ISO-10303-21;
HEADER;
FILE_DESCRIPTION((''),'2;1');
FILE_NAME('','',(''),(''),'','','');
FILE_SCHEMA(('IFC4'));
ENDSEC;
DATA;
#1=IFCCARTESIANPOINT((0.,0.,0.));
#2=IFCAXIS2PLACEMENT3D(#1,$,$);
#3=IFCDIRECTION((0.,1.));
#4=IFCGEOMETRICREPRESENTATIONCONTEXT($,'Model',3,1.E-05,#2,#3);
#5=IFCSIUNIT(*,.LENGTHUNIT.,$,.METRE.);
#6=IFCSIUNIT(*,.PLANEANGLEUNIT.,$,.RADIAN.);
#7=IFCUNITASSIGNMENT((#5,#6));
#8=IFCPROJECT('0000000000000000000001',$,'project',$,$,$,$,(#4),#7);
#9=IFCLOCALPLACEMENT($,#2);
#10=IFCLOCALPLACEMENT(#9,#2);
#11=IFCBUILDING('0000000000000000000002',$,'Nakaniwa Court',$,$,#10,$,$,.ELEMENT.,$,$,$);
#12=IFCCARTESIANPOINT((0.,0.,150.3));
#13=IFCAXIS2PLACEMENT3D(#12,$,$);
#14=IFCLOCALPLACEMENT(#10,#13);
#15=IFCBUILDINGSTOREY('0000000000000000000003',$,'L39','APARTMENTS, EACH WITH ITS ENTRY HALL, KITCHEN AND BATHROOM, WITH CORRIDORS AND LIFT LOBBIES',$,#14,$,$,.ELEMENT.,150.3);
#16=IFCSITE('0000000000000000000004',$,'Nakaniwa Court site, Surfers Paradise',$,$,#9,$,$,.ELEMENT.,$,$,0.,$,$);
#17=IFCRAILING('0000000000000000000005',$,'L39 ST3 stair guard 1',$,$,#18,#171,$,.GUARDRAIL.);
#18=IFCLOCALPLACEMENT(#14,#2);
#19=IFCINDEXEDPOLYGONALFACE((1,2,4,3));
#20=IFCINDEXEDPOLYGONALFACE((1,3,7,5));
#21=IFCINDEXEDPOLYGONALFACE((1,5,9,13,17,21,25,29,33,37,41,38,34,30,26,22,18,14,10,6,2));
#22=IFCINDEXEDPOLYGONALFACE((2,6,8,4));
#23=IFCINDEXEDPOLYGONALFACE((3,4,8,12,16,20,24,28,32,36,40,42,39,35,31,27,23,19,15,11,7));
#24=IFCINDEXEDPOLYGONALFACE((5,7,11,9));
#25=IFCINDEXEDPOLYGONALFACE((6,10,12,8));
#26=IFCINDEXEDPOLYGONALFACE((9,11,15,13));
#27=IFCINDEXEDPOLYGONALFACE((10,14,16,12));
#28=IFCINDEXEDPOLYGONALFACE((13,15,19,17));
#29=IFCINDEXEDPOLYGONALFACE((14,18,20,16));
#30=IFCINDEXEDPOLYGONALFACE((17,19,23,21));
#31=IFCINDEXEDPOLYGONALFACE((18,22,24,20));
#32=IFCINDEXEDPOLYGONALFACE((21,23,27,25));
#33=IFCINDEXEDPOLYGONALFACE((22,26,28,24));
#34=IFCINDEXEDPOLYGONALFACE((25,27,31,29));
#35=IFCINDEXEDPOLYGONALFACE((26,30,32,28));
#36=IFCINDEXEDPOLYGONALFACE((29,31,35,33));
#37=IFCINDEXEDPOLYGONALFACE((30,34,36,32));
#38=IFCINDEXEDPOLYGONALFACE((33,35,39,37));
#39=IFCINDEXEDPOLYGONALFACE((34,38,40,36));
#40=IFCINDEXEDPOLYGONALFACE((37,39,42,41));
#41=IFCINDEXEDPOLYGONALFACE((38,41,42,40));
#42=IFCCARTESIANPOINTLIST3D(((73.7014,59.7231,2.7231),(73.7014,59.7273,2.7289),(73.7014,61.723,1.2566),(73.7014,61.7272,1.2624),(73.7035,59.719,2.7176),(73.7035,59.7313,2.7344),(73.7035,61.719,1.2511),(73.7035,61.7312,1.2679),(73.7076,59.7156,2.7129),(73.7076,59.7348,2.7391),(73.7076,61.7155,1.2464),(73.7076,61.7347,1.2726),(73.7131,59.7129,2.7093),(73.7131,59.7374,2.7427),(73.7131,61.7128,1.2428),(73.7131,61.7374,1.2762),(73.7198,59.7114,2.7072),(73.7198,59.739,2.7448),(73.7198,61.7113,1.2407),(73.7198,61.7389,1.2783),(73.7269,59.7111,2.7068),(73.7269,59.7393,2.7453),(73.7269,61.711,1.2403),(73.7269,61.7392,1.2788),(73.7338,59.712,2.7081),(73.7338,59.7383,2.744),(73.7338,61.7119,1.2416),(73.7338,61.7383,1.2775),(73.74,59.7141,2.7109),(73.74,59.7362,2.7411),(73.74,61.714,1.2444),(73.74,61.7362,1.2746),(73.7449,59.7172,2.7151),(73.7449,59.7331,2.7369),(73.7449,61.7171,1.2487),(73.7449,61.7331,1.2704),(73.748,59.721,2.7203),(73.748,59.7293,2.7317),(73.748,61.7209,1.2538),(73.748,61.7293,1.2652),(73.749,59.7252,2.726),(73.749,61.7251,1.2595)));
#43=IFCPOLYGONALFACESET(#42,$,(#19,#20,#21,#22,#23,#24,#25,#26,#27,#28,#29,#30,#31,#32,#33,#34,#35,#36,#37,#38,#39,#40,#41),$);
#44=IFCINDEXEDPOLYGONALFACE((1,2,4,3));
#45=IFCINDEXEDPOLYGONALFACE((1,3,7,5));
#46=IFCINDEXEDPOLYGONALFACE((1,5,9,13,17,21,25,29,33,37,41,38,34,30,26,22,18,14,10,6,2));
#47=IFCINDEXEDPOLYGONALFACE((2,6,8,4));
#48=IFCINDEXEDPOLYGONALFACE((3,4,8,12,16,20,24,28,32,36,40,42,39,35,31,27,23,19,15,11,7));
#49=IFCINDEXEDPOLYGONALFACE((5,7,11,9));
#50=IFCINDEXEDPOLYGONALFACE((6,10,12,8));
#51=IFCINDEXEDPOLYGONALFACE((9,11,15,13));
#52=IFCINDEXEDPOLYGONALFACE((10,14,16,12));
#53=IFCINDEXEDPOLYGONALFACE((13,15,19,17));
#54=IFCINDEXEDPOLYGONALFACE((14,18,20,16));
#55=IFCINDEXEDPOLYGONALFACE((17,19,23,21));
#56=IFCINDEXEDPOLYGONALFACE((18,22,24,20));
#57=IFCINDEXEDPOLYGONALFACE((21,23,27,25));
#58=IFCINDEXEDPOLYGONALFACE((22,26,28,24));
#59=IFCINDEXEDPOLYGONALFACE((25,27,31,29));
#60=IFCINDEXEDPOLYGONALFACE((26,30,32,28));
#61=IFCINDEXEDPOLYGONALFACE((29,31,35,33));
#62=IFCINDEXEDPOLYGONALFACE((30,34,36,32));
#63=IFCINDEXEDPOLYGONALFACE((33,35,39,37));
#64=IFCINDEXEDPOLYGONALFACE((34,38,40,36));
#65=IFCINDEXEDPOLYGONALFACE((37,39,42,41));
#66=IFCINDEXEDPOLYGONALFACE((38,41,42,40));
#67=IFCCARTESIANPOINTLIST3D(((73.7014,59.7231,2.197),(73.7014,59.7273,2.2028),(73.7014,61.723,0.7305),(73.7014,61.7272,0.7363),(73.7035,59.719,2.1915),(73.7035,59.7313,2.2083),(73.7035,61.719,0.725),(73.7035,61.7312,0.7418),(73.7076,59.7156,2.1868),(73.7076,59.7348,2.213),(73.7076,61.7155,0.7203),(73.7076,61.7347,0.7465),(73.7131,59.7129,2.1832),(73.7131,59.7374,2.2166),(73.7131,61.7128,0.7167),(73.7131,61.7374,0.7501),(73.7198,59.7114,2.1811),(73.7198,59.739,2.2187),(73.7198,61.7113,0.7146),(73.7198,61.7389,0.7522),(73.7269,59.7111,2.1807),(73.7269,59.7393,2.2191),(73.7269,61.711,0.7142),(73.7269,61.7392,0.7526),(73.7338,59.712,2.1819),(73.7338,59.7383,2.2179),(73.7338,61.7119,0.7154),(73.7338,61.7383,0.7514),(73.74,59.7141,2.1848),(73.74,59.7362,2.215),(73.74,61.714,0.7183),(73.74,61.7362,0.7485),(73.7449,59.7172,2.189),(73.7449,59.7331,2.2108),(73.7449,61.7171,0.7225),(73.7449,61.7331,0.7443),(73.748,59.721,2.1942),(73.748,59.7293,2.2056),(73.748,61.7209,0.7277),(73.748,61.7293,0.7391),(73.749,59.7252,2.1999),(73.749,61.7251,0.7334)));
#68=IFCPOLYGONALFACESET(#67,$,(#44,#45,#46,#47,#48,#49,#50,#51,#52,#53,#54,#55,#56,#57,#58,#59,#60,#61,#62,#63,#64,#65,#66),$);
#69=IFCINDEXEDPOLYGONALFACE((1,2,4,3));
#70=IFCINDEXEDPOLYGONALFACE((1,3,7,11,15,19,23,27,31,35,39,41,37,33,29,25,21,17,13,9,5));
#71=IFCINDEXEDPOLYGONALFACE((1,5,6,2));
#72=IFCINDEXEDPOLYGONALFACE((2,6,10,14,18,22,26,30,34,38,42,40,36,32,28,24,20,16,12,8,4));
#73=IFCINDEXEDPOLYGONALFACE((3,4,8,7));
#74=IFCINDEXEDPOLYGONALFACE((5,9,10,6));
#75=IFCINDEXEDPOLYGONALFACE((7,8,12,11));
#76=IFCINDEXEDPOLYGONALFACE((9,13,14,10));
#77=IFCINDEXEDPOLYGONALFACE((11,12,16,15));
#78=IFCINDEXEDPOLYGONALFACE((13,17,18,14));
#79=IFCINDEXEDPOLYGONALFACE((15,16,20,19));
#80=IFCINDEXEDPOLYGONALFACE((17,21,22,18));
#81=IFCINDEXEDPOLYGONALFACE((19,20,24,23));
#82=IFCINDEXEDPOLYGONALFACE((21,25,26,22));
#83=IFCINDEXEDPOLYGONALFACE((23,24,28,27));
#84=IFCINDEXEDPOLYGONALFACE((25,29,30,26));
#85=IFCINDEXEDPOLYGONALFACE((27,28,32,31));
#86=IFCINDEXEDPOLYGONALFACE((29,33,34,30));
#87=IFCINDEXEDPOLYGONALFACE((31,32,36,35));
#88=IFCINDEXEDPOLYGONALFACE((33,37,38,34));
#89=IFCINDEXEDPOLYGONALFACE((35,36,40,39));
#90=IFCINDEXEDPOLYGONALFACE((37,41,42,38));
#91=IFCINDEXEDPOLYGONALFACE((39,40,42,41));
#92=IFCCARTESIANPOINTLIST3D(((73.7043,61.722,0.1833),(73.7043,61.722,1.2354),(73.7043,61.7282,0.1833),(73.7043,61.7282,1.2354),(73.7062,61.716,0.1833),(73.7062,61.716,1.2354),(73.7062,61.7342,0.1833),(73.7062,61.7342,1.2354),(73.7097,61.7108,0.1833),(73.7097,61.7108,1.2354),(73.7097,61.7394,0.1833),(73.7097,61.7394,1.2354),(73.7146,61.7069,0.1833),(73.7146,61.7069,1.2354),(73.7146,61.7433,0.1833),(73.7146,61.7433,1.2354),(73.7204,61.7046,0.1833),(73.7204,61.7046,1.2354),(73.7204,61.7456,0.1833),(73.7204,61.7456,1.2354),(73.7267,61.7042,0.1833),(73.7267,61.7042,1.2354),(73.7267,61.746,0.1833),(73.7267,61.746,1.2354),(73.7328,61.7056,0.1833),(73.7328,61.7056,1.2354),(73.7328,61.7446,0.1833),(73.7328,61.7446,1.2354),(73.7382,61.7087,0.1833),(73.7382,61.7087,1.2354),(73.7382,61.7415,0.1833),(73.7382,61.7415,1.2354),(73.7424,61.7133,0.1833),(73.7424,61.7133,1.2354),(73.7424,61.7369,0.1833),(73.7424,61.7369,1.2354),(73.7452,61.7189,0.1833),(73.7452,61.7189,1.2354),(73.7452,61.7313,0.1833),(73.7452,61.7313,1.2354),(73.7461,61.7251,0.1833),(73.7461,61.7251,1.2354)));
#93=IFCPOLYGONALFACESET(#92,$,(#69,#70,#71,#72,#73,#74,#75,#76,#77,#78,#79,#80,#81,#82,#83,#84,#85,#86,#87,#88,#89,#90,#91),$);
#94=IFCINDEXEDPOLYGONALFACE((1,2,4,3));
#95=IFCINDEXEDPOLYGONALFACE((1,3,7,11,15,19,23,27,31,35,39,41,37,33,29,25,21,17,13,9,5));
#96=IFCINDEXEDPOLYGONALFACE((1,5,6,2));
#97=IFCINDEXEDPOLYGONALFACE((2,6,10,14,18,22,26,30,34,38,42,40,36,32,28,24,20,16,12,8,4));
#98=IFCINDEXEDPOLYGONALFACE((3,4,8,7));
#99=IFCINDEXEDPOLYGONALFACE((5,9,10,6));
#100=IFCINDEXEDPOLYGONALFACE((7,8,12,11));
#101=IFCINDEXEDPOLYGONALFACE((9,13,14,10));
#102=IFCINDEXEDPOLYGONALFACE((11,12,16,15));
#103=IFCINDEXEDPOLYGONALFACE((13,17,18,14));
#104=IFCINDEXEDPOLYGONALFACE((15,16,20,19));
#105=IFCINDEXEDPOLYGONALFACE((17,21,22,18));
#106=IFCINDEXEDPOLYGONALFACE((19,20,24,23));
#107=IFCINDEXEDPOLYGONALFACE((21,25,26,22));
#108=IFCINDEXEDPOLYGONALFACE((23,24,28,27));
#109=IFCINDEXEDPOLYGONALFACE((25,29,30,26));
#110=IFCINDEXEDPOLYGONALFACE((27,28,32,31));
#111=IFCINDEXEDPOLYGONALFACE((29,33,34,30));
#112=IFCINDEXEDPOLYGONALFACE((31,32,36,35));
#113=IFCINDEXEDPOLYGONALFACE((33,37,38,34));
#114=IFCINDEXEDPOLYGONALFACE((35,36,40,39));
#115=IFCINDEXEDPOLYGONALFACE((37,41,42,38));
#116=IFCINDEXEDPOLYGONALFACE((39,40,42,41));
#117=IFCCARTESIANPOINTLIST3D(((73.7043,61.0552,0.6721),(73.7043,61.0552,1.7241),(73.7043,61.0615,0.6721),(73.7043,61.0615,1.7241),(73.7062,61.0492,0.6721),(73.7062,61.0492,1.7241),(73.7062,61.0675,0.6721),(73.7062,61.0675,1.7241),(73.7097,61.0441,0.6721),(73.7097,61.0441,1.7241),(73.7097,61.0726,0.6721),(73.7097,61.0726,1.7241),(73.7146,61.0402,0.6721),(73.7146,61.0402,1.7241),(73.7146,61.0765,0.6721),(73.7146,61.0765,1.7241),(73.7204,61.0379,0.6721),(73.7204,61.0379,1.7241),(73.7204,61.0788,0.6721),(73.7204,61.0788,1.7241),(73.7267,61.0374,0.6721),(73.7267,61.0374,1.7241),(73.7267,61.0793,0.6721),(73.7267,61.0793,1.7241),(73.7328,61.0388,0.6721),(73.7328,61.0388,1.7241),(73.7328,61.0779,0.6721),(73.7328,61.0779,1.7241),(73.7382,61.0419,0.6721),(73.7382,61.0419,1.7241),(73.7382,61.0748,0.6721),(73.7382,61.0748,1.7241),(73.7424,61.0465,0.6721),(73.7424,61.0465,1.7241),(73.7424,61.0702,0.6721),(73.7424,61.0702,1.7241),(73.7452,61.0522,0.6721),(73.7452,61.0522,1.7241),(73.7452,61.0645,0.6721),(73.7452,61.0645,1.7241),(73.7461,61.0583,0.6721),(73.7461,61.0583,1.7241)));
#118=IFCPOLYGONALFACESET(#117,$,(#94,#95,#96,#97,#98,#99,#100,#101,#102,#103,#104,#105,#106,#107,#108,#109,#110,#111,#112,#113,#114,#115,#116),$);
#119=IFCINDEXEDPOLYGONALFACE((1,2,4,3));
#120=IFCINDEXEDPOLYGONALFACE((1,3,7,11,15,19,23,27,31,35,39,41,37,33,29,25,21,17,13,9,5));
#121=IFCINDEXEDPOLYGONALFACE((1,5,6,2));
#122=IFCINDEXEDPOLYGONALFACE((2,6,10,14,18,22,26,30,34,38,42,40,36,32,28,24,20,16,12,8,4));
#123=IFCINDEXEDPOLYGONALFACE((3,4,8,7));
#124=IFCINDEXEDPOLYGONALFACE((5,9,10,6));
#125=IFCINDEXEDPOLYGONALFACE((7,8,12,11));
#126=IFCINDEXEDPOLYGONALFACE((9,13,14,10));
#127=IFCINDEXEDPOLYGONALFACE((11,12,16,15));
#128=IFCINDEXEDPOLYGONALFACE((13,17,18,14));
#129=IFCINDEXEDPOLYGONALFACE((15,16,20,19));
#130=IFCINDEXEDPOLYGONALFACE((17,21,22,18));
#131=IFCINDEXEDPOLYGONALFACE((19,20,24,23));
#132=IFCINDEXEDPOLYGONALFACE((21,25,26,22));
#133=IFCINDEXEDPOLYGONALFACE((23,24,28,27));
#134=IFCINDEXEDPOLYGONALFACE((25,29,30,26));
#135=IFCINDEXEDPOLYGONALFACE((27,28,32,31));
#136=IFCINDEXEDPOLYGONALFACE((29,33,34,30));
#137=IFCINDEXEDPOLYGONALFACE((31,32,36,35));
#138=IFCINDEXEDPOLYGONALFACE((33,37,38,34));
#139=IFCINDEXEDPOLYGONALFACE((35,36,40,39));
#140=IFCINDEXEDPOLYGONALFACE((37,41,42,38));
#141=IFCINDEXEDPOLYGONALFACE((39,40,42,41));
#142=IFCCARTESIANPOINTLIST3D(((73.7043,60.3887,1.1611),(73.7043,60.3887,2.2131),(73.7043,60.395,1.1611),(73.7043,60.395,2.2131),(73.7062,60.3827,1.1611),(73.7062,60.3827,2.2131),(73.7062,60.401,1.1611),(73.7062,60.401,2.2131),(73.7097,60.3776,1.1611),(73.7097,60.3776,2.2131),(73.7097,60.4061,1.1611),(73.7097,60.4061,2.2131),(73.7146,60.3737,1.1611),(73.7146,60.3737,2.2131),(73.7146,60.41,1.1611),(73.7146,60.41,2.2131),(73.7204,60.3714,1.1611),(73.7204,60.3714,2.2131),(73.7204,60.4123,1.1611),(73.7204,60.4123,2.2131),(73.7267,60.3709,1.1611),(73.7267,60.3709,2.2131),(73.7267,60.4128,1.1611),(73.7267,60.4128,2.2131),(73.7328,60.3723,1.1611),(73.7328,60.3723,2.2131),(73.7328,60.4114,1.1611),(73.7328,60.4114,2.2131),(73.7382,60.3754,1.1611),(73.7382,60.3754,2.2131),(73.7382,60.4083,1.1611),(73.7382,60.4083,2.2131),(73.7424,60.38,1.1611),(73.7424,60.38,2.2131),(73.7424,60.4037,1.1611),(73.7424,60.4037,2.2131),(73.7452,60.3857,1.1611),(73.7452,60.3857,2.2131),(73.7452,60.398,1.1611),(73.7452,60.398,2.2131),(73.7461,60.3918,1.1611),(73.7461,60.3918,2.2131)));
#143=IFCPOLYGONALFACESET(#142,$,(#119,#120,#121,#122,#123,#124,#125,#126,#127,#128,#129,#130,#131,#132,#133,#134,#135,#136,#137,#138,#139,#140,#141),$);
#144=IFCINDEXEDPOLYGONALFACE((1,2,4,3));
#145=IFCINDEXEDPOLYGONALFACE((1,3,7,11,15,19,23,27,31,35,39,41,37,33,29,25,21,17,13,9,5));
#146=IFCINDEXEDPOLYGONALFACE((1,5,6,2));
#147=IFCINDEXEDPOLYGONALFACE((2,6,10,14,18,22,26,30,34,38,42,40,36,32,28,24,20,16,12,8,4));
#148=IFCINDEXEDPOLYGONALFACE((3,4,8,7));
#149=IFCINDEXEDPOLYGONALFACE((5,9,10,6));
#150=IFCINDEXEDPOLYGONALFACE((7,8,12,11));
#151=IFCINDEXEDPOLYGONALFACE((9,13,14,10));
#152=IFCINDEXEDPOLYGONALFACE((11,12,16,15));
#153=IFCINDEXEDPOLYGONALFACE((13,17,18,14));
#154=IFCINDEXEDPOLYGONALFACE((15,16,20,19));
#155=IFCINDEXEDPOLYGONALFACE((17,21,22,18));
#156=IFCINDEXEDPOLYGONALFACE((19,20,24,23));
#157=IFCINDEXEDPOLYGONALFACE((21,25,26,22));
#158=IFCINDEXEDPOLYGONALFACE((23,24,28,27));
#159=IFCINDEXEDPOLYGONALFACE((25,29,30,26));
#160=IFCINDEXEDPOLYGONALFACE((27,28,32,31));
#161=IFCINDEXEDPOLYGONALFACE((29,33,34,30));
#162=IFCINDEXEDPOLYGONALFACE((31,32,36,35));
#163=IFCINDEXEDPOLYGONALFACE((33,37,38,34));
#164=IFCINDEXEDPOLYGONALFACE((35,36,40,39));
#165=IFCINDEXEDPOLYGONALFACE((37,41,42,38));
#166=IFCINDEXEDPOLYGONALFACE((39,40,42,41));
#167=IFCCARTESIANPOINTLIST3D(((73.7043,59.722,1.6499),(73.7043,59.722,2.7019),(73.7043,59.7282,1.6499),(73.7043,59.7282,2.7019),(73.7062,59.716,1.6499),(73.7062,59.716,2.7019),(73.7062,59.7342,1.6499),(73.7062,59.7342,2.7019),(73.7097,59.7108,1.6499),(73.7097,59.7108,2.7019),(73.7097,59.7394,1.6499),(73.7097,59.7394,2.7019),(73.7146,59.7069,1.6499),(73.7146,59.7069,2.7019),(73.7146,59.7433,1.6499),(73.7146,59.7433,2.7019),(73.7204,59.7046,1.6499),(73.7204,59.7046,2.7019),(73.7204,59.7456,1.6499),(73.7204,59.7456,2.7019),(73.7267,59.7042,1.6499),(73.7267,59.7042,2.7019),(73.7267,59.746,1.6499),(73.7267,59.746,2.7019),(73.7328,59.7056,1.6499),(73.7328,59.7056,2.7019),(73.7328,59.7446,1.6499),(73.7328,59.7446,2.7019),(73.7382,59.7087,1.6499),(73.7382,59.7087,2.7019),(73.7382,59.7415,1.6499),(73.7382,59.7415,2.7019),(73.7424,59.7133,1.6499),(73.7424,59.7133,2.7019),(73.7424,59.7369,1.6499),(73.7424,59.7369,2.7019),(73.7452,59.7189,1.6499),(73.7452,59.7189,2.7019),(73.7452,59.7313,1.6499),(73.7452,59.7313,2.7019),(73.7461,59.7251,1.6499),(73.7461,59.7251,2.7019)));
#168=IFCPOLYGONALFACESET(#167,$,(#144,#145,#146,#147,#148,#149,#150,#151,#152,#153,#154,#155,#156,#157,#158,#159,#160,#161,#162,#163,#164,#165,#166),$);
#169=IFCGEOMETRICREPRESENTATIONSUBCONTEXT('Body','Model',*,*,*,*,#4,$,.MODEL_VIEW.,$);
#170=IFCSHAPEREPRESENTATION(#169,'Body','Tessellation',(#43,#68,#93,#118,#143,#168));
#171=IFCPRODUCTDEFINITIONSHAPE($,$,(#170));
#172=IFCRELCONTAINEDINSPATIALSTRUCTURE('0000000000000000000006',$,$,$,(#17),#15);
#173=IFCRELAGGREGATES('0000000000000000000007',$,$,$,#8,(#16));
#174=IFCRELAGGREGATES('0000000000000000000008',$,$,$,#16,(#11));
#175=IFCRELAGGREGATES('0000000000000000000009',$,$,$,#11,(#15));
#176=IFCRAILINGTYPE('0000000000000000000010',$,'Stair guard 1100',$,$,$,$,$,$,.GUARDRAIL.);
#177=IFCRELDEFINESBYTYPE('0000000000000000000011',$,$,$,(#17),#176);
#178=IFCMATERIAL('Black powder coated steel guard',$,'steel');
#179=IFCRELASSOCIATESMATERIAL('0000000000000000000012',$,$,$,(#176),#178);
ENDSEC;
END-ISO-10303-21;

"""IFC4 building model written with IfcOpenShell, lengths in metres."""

from ifc_helpers import new_model, si_unit, direction, frame, origin, origin_2d, place, context, subcontext, project, spatial, circle, extrude, material, type_object, element, save


model = new_model("IFC4")

# Units and contexts
model_context = context("Model", 3, precision=1e-05, world=origin(), true_north=direction((0.0, 1.0)))
body_context = subcontext(model_context, "Body", "Model", "MODEL_VIEW")
ifc_project = project(units=[si_unit("LENGTHUNIT", "METRE"), si_unit("PLANEANGLEUNIT", "RADIAN")], contexts=[model_context])

# Site, building, storey
site_placement = place(None, origin())
site = spatial("IfcSite", under=ifc_project, at=site_placement, Name="Nakaniwa Court site, Surfers Paradise", CompositionType="ELEMENT", RefElevation=0.0)
building_placement = place(site_placement, origin())
building = spatial("IfcBuilding", under=site, at=building_placement, Name="Nakaniwa Court", CompositionType="ELEMENT")
storey_placement = place(building_placement, frame((0.0, 0.0, 150.3)))
storey = spatial("IfcBuildingStorey", under=building, at=storey_placement, Name="L39", Description="APARTMENTS, EACH WITH ITS ENTRY HALL, KITCHEN AND BATHROOM, WITH CORRIDORS AND LIFT LOBBIES", CompositionType="ELEMENT", Elevation=150.3)

# Railing
ifc_material_1 = material(Name="Black powder coated steel guard", Category="steel")
railing_type_1 = type_object("IfcRailingType", Name="Stair guard 1100", PredefinedType="GUARDRAIL", material=ifc_material_1)
railing_1_placement = place(storey_placement, frame((73.7251, 61.7251, 0.1833)))
element("IfcRailing", 1, at=railing_1_placement, inside=storey, type_object=railing_type_1, Name="L39 ST3 stair guard 1", PredefinedType="GUARDRAIL", context=body_context, shape_type="SweptSolid", body=[
    extrude(circle(Radius=0.0239, at=origin_2d()), frame((0.0, 0.0, 1.0762), z_axis=(0.0, -0.806427, 0.591334), x_axis=(1.0, 0.0, 0.0)), (0.0, 0.0, 1.0), 2.48),
    extrude(circle(Radius=0.0239, at=origin_2d()), frame((0.0, 0.0, 0.55), z_axis=(0.0, -0.806427, 0.591334), x_axis=(1.0, 0.0, 0.0)), (0.0, 0.0, 1.0), 2.48),
    extrude(circle(Radius=0.021, at=origin_2d()), origin(), (0.0, 0.0, 1.0), 1.052),
    extrude(circle(Radius=0.021, at=origin_2d()), frame((0.0, -0.6667, 0.4888)), (0.0, 0.0, 1.0), 1.052),
    extrude(circle(Radius=0.021, at=origin_2d()), frame((0.0, -1.3333, 0.9778)), (0.0, 0.0, 1.0), 1.052),
    extrude(circle(Radius=0.021, at=origin_2d()), frame((0.0, -2.0, 1.4666)), (0.0, 0.0, 1.0), 1.052),
])

save(model, "model.ifc")
